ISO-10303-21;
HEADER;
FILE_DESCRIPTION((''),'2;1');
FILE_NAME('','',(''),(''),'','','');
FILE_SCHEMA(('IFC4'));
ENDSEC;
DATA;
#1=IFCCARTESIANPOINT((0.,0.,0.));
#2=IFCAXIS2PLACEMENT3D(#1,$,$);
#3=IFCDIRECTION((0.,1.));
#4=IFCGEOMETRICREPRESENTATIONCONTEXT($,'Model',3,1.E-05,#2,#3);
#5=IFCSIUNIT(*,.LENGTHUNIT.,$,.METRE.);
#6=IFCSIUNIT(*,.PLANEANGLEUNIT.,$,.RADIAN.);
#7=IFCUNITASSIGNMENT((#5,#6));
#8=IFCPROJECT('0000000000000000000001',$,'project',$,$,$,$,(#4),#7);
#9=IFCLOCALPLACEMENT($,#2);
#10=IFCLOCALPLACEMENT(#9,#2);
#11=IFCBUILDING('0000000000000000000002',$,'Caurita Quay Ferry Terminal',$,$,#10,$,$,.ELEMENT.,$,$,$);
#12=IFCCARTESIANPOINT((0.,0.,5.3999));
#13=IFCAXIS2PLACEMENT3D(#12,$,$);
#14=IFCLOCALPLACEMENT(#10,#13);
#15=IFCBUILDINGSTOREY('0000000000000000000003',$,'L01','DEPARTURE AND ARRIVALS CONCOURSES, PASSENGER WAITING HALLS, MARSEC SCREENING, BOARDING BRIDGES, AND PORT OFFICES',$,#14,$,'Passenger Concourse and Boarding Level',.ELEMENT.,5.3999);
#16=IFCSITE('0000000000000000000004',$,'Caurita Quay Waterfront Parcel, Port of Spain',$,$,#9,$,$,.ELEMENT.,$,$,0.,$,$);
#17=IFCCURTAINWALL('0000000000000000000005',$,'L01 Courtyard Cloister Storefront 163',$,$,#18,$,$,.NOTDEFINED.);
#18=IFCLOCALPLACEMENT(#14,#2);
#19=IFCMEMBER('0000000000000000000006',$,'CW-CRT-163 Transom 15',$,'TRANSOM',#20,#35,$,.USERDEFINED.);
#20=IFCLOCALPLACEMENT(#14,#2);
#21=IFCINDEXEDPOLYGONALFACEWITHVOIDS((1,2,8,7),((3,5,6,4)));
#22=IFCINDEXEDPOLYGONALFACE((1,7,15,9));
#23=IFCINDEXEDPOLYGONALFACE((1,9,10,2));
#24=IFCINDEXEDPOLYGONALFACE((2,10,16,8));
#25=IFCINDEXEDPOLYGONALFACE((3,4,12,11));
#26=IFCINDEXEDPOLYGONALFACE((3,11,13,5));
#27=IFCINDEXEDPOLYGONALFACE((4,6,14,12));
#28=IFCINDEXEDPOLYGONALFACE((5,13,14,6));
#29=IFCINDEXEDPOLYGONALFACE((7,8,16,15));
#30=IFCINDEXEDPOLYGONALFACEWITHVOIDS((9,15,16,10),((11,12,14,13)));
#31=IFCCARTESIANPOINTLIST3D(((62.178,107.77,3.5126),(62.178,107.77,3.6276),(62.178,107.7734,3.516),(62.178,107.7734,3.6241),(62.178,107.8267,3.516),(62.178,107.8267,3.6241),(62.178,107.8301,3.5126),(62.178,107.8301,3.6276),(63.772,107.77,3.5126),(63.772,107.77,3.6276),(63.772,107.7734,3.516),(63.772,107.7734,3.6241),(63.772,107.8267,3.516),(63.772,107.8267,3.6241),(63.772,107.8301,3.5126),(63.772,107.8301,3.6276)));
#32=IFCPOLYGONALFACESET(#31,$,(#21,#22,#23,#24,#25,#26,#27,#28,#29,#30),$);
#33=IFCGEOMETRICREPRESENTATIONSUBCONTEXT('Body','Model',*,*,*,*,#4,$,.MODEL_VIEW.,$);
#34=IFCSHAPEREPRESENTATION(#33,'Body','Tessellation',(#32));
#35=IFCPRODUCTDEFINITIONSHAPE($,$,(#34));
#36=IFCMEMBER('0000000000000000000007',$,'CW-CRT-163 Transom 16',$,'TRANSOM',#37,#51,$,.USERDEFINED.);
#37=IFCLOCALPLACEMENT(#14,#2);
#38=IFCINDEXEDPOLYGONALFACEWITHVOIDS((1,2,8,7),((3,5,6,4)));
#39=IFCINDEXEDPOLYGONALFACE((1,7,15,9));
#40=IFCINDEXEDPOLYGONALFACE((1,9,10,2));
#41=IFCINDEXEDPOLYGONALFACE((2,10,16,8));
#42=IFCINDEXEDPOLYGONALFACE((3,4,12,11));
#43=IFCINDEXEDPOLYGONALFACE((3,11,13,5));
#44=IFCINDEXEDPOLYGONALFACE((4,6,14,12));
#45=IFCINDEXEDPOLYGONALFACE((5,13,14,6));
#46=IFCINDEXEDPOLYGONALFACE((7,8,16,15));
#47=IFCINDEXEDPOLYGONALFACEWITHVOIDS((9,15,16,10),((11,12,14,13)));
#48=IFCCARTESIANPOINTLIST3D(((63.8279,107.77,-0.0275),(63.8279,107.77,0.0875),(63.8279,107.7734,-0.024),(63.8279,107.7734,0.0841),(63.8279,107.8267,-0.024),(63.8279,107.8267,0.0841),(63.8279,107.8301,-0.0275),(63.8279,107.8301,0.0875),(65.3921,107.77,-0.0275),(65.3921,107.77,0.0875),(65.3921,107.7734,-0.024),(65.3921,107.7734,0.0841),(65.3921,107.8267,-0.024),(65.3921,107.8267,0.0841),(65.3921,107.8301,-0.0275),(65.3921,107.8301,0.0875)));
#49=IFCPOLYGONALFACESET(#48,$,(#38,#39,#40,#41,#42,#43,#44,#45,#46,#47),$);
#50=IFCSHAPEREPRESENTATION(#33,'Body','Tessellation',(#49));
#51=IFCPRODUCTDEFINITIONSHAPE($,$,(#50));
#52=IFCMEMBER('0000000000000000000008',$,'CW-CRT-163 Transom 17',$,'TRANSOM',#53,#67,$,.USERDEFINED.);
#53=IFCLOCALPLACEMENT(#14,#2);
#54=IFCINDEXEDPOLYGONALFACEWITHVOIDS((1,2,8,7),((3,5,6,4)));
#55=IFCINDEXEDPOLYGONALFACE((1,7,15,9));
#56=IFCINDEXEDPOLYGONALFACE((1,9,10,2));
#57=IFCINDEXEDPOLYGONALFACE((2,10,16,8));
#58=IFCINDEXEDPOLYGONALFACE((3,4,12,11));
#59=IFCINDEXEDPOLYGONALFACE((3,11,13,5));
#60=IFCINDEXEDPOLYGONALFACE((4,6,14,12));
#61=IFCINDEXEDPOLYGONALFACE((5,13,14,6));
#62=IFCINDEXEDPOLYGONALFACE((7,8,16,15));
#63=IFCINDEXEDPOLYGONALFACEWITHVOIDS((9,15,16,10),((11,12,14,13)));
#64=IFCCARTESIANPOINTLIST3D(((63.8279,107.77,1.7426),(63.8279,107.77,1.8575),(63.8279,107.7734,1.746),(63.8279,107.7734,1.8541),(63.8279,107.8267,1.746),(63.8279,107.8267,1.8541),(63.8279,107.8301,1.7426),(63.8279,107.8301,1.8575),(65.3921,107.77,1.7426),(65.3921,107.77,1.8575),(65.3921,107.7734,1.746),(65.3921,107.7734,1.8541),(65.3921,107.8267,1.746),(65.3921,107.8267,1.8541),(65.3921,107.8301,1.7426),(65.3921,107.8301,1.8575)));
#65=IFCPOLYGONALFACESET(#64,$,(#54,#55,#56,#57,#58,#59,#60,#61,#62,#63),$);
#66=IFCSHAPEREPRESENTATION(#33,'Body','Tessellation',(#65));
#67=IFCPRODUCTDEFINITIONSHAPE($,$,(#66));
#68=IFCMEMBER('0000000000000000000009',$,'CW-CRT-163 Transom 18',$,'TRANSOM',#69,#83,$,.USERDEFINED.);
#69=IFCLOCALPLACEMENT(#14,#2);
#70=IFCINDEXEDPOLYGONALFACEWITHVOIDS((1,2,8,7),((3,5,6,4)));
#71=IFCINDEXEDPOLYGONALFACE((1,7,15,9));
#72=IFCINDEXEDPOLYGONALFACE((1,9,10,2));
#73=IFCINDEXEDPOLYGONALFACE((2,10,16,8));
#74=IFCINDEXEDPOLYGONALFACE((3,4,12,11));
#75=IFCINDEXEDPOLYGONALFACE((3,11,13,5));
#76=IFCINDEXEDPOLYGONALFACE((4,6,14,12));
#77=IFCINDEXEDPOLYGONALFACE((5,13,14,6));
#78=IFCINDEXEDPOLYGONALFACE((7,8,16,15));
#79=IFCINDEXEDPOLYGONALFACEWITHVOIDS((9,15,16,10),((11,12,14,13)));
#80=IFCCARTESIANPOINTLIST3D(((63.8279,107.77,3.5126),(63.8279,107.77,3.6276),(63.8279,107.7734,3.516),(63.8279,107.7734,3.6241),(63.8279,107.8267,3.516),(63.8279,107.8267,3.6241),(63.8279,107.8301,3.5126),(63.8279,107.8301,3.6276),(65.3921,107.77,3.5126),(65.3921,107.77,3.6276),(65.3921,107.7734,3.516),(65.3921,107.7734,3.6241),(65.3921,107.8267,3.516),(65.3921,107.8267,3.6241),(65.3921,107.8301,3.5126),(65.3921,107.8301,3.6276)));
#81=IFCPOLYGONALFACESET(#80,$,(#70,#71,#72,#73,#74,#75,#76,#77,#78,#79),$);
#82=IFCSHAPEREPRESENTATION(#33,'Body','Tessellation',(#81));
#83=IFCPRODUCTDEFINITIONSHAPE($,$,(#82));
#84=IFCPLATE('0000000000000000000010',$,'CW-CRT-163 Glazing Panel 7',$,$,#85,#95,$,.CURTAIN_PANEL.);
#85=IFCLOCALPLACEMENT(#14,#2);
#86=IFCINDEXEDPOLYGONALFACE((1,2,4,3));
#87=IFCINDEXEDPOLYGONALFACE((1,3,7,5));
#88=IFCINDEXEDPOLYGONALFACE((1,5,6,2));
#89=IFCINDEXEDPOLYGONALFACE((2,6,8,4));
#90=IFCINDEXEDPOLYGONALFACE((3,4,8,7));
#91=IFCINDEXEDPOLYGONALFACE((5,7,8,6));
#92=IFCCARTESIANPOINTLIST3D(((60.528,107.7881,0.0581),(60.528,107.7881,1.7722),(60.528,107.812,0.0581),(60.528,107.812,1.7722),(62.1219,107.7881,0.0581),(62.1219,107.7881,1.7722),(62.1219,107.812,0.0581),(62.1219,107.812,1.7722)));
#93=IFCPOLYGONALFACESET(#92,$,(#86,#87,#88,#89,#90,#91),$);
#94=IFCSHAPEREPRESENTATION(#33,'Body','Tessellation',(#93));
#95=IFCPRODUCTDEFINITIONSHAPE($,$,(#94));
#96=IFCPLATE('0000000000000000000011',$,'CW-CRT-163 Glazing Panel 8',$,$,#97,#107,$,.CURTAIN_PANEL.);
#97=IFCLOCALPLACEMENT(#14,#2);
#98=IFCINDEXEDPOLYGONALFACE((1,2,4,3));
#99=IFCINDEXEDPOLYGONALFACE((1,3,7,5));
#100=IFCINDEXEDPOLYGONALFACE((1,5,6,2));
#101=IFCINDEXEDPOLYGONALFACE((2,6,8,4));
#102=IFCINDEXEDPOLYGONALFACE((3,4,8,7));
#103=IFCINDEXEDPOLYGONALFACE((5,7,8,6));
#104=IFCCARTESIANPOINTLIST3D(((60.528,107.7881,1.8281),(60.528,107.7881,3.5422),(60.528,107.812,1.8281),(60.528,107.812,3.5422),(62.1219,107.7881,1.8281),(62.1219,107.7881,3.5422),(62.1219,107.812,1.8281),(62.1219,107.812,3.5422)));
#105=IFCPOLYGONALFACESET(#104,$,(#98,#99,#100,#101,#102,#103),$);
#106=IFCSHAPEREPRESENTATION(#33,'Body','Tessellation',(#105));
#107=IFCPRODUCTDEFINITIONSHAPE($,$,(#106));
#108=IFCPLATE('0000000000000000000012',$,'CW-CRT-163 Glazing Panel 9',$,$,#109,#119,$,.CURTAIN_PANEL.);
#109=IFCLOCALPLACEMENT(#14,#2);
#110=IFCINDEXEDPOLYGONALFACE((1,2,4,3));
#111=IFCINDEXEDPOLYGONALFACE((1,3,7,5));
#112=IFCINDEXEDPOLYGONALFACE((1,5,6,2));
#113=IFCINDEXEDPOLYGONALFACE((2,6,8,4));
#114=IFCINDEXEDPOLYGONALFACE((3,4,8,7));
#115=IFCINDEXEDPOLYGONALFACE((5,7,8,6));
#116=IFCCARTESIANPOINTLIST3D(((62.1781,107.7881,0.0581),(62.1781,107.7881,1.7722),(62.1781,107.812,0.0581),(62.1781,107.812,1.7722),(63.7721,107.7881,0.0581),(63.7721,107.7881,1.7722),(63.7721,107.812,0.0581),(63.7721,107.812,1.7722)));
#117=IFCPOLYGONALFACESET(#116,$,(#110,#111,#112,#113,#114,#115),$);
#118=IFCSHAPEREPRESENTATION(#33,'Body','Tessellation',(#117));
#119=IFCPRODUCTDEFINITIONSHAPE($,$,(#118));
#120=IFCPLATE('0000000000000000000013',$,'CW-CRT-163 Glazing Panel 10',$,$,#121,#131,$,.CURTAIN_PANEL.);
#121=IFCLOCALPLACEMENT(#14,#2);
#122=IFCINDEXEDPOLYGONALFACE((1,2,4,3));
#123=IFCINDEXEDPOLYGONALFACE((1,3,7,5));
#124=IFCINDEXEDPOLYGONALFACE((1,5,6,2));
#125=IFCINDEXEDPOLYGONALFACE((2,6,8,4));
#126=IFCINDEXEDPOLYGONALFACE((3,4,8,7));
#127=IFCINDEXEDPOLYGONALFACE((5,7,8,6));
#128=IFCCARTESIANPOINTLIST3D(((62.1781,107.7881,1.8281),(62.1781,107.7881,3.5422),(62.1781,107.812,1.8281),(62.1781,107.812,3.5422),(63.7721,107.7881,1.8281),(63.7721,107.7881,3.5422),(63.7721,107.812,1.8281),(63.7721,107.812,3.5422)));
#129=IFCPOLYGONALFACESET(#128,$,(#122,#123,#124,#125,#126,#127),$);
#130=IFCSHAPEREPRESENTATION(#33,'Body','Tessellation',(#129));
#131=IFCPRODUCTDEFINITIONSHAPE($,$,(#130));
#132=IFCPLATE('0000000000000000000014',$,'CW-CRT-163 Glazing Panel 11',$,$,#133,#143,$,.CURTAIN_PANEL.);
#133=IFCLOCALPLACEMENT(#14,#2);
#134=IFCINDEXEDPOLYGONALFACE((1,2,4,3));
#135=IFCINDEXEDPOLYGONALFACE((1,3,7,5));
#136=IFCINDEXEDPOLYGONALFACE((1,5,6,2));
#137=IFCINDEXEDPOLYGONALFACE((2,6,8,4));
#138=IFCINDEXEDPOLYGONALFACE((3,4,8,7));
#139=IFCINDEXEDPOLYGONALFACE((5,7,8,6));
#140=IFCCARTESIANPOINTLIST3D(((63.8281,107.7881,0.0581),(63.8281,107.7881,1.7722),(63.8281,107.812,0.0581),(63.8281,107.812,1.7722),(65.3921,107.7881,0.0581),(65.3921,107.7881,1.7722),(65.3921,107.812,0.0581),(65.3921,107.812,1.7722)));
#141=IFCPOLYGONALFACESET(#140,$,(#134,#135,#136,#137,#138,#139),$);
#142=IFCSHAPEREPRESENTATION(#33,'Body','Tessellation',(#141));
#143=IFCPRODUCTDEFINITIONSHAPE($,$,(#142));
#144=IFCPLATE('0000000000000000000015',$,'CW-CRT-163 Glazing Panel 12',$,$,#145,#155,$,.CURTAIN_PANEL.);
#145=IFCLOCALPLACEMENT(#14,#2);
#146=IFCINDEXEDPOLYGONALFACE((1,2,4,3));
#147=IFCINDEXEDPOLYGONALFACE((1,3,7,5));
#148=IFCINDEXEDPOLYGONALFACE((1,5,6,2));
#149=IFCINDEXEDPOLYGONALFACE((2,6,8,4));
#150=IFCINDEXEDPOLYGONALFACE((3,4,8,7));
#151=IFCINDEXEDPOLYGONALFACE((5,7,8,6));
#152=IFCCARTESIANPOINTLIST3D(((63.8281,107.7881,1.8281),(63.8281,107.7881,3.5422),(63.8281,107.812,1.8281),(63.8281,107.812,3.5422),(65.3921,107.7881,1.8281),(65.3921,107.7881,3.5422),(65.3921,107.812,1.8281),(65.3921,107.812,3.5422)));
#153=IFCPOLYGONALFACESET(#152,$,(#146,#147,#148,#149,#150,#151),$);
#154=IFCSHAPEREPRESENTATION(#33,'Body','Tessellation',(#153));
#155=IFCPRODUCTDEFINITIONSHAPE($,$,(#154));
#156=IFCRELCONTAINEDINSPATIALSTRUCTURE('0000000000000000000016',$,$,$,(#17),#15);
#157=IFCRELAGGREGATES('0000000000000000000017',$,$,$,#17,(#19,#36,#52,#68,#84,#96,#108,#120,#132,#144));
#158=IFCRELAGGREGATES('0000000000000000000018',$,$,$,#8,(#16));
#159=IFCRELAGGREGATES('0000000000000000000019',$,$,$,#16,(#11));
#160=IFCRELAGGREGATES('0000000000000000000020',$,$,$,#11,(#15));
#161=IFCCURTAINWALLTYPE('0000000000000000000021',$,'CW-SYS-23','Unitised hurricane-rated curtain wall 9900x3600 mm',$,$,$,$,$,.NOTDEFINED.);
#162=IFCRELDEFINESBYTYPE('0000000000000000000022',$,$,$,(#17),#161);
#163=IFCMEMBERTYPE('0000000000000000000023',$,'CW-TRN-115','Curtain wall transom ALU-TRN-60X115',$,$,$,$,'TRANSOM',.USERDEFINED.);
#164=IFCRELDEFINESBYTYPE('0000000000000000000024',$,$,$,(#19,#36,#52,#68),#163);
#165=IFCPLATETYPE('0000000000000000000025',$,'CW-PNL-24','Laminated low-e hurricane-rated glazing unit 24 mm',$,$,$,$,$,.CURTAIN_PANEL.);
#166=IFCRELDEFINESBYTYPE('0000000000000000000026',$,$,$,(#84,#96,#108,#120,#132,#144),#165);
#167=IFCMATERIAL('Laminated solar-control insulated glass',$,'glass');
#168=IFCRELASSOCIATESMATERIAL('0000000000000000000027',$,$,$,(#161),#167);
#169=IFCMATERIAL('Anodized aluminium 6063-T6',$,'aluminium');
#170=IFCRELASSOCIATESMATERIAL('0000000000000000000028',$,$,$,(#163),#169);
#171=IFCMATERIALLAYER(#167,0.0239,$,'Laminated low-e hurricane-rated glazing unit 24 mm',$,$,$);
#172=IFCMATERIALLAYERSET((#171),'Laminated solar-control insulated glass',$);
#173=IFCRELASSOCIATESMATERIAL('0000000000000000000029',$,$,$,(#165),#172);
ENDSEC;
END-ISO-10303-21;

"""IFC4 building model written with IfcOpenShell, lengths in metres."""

from ifc_helpers import new_model, si_unit, direction, frame, origin, origin_2d, place, context, subcontext, project, spatial, rectangle, hollow_rectangle, extrude, material, layer, layer_set, material_profile, profile_set, type_object, element, aggregate, save


model = new_model("IFC4")

# Units and contexts
model_context = context("Model", 3, precision=1e-05, world=origin(), true_north=direction((0.0, 1.0)))
body_context = subcontext(model_context, "Body", "Model", "MODEL_VIEW")
ifc_project = project(units=[si_unit("LENGTHUNIT", "METRE"), si_unit("PLANEANGLEUNIT", "RADIAN")], contexts=[model_context])

# Site, building, storey
site_placement = place(None, origin())
site = spatial("IfcSite", under=ifc_project, at=site_placement, Name="Caurita Quay Waterfront Parcel, Port of Spain", CompositionType="ELEMENT", RefElevation=0.0)
building_placement = place(site_placement, origin())
building = spatial("IfcBuilding", under=site, at=building_placement, Name="Caurita Quay Ferry Terminal", CompositionType="ELEMENT")
storey_placement = place(building_placement, frame((0.0, 0.0, 5.3999)))
storey = spatial("IfcBuildingStorey", under=building, at=storey_placement, Name="L01", Description="DEPARTURE AND ARRIVALS CONCOURSES, PASSENGER WAITING HALLS, MARSEC SCREENING, BOARDING BRIDGES, AND PORT OFFICES", LongName="Passenger Concourse and Boarding Level", CompositionType="ELEMENT", Elevation=5.3999)

# Curtain wall, members, plates
ifc_material_1 = material(Name="Laminated solar-control insulated glass", Category="glass")
curtain_wall_type = type_object("IfcCurtainWallType", Name="CW-SYS-23", Description="Unitised hurricane-rated curtain wall 9900x3600 mm", PredefinedType="NOTDEFINED", material=ifc_material_1)
curtain_wall_placement = place(storey_placement, origin())
curtain_wall = element("IfcCurtainWall", 1, at=curtain_wall_placement, inside=storey, type_object=curtain_wall_type, Name="L01 Courtyard Cloister Storefront 163", PredefinedType="NOTDEFINED")
ifc_material_2 = material(Name="Anodized aluminium 6063-T6", Category="aluminium")
ifc_material_profile_1 = material_profile(ifc_material_2, hollow_rectangle(XDim=0.0601, YDim=0.115, WallThickness=0.0034, at=origin_2d()), Name="ALU-TRN-60X115")
ifc_profile_set_1 = profile_set([ifc_material_profile_1], Name="Anodized aluminium 6063-T6")
member_type_1 = type_object("IfcMemberType", Name="CW-TRN-115", Description="Curtain wall transom ALU-TRN-60X115", ElementType="TRANSOM", PredefinedType="USERDEFINED", material=ifc_profile_set_1)
member_1_placement = place(storey_placement, frame((62.178, 107.8, 3.5701), z_axis=(1.0, 0.0, 0.0), x_axis=(0.0, 1.0, 0.0)))
member_1 = element("IfcMember", 2, at=member_1_placement, type_object=member_type_1, Name="CW-CRT-163 Transom 15", ObjectType="TRANSOM", PredefinedType="USERDEFINED", context=body_context, shape_type="SweptSolid", body=[
    extrude(hollow_rectangle(XDim=0.0601, YDim=0.115, WallThickness=0.0034, at=origin_2d()), origin(), (0.0, 0.0, 1.0), 1.594),
])
member_2_placement = place(storey_placement, frame((63.8279, 107.8, 0.03), z_axis=(1.0, 0.0, 0.0), x_axis=(0.0, 1.0, 0.0)))
member_2 = element("IfcMember", 3, at=member_2_placement, type_object=member_type_1, Name="CW-CRT-163 Transom 16", ObjectType="TRANSOM", PredefinedType="USERDEFINED", context=body_context, shape_type="SweptSolid", body=[
    extrude(hollow_rectangle(XDim=0.0601, YDim=0.115, WallThickness=0.0034, at=origin_2d()), origin(), (0.0, 0.0, 1.0), 1.5642),
])
member_3_placement = place(storey_placement, frame((63.8279, 107.8, 1.8), z_axis=(1.0, 0.0, 0.0), x_axis=(0.0, 1.0, 0.0)))
member_3 = element("IfcMember", 4, at=member_3_placement, type_object=member_type_1, Name="CW-CRT-163 Transom 17", ObjectType="TRANSOM", PredefinedType="USERDEFINED", context=body_context, shape_type="SweptSolid", body=[
    extrude(hollow_rectangle(XDim=0.0601, YDim=0.115, WallThickness=0.0034, at=origin_2d()), origin(), (0.0, 0.0, 1.0), 1.5642),
])
member_4_placement = place(storey_placement, frame((63.8279, 107.8, 3.5701), z_axis=(1.0, 0.0, 0.0), x_axis=(0.0, 1.0, 0.0)))
member_4 = element("IfcMember", 5, at=member_4_placement, type_object=member_type_1, Name="CW-CRT-163 Transom 18", ObjectType="TRANSOM", PredefinedType="USERDEFINED", context=body_context, shape_type="SweptSolid", body=[
    extrude(hollow_rectangle(XDim=0.0601, YDim=0.115, WallThickness=0.0034, at=origin_2d()), origin(), (0.0, 0.0, 1.0), 1.5642),
])
ifc_layer_1 = layer(ifc_material_1, 0.0239, Name="Laminated low-e hurricane-rated glazing unit 24 mm")
ifc_layer_set_1 = layer_set([ifc_layer_1], Name="Laminated solar-control insulated glass")
plate_type = type_object("IfcPlateType", Name="CW-PNL-24", Description="Laminated low-e hurricane-rated glazing unit 24 mm", PredefinedType="CURTAIN_PANEL", material=ifc_layer_set_1)
plate_1_placement = place(storey_placement, frame((61.325, 107.8, 0.0581), z_axis=(0.0, 0.0, 1.0), x_axis=(1.0, 0.0, 0.0)))
plate_1 = element("IfcPlate", 6, at=plate_1_placement, type_object=plate_type, Name="CW-CRT-163 Glazing Panel 7", PredefinedType="CURTAIN_PANEL", context=body_context, shape_type="SweptSolid", body=[
    extrude(rectangle(XDim=1.594, YDim=0.0239, at=origin_2d()), origin(), (0.0, 0.0, 1.0), 1.7141),
])
plate_2_placement = place(storey_placement, frame((61.325, 107.8, 1.8281), z_axis=(0.0, 0.0, 1.0), x_axis=(1.0, 0.0, 0.0)))
plate_2 = element("IfcPlate", 7, at=plate_2_placement, type_object=plate_type, Name="CW-CRT-163 Glazing Panel 8", PredefinedType="CURTAIN_PANEL", context=body_context, shape_type="SweptSolid", body=[
    extrude(rectangle(XDim=1.594, YDim=0.0239, at=origin_2d()), origin(), (0.0, 0.0, 1.0), 1.7141),
])
plate_3_placement = place(storey_placement, frame((62.9751, 107.8, 0.0581), z_axis=(0.0, 0.0, 1.0), x_axis=(1.0, 0.0, 0.0)))
plate_3 = element("IfcPlate", 8, at=plate_3_placement, type_object=plate_type, Name="CW-CRT-163 Glazing Panel 9", PredefinedType="CURTAIN_PANEL", context=body_context, shape_type="SweptSolid", body=[
    extrude(rectangle(XDim=1.594, YDim=0.0239, at=origin_2d()), origin(), (0.0, 0.0, 1.0), 1.7141),
])
plate_4_placement = place(storey_placement, frame((62.9751, 107.8, 1.8281), z_axis=(0.0, 0.0, 1.0), x_axis=(1.0, 0.0, 0.0)))
plate_4 = element("IfcPlate", 9, at=plate_4_placement, type_object=plate_type, Name="CW-CRT-163 Glazing Panel 10", PredefinedType="CURTAIN_PANEL", context=body_context, shape_type="SweptSolid", body=[
    extrude(rectangle(XDim=1.594, YDim=0.0239, at=origin_2d()), origin(), (0.0, 0.0, 1.0), 1.7141),
])
plate_5_placement = place(storey_placement, frame((64.6101, 107.8, 0.0581), z_axis=(0.0, 0.0, 1.0), x_axis=(1.0, 0.0, 0.0)))
plate_5 = element("IfcPlate", 10, at=plate_5_placement, type_object=plate_type, Name="CW-CRT-163 Glazing Panel 11", PredefinedType="CURTAIN_PANEL", context=body_context, shape_type="SweptSolid", body=[
    extrude(rectangle(XDim=1.564, YDim=0.0239, at=origin_2d()), origin(), (0.0, 0.0, 1.0), 1.7141),
])
plate_6_placement = place(storey_placement, frame((64.6101, 107.8, 1.8281), z_axis=(0.0, 0.0, 1.0), x_axis=(1.0, 0.0, 0.0)))
plate_6 = element("IfcPlate", 11, at=plate_6_placement, type_object=plate_type, Name="CW-CRT-163 Glazing Panel 12", PredefinedType="CURTAIN_PANEL", context=body_context, shape_type="SweptSolid", body=[
    extrude(rectangle(XDim=1.564, YDim=0.0239, at=origin_2d()), origin(), (0.0, 0.0, 1.0), 1.7141),
])
aggregate(curtain_wall, [member_1, member_2, member_3, member_4, plate_1, plate_2, plate_3, plate_4, plate_5, plate_6])

save(model, "model.ifc")
